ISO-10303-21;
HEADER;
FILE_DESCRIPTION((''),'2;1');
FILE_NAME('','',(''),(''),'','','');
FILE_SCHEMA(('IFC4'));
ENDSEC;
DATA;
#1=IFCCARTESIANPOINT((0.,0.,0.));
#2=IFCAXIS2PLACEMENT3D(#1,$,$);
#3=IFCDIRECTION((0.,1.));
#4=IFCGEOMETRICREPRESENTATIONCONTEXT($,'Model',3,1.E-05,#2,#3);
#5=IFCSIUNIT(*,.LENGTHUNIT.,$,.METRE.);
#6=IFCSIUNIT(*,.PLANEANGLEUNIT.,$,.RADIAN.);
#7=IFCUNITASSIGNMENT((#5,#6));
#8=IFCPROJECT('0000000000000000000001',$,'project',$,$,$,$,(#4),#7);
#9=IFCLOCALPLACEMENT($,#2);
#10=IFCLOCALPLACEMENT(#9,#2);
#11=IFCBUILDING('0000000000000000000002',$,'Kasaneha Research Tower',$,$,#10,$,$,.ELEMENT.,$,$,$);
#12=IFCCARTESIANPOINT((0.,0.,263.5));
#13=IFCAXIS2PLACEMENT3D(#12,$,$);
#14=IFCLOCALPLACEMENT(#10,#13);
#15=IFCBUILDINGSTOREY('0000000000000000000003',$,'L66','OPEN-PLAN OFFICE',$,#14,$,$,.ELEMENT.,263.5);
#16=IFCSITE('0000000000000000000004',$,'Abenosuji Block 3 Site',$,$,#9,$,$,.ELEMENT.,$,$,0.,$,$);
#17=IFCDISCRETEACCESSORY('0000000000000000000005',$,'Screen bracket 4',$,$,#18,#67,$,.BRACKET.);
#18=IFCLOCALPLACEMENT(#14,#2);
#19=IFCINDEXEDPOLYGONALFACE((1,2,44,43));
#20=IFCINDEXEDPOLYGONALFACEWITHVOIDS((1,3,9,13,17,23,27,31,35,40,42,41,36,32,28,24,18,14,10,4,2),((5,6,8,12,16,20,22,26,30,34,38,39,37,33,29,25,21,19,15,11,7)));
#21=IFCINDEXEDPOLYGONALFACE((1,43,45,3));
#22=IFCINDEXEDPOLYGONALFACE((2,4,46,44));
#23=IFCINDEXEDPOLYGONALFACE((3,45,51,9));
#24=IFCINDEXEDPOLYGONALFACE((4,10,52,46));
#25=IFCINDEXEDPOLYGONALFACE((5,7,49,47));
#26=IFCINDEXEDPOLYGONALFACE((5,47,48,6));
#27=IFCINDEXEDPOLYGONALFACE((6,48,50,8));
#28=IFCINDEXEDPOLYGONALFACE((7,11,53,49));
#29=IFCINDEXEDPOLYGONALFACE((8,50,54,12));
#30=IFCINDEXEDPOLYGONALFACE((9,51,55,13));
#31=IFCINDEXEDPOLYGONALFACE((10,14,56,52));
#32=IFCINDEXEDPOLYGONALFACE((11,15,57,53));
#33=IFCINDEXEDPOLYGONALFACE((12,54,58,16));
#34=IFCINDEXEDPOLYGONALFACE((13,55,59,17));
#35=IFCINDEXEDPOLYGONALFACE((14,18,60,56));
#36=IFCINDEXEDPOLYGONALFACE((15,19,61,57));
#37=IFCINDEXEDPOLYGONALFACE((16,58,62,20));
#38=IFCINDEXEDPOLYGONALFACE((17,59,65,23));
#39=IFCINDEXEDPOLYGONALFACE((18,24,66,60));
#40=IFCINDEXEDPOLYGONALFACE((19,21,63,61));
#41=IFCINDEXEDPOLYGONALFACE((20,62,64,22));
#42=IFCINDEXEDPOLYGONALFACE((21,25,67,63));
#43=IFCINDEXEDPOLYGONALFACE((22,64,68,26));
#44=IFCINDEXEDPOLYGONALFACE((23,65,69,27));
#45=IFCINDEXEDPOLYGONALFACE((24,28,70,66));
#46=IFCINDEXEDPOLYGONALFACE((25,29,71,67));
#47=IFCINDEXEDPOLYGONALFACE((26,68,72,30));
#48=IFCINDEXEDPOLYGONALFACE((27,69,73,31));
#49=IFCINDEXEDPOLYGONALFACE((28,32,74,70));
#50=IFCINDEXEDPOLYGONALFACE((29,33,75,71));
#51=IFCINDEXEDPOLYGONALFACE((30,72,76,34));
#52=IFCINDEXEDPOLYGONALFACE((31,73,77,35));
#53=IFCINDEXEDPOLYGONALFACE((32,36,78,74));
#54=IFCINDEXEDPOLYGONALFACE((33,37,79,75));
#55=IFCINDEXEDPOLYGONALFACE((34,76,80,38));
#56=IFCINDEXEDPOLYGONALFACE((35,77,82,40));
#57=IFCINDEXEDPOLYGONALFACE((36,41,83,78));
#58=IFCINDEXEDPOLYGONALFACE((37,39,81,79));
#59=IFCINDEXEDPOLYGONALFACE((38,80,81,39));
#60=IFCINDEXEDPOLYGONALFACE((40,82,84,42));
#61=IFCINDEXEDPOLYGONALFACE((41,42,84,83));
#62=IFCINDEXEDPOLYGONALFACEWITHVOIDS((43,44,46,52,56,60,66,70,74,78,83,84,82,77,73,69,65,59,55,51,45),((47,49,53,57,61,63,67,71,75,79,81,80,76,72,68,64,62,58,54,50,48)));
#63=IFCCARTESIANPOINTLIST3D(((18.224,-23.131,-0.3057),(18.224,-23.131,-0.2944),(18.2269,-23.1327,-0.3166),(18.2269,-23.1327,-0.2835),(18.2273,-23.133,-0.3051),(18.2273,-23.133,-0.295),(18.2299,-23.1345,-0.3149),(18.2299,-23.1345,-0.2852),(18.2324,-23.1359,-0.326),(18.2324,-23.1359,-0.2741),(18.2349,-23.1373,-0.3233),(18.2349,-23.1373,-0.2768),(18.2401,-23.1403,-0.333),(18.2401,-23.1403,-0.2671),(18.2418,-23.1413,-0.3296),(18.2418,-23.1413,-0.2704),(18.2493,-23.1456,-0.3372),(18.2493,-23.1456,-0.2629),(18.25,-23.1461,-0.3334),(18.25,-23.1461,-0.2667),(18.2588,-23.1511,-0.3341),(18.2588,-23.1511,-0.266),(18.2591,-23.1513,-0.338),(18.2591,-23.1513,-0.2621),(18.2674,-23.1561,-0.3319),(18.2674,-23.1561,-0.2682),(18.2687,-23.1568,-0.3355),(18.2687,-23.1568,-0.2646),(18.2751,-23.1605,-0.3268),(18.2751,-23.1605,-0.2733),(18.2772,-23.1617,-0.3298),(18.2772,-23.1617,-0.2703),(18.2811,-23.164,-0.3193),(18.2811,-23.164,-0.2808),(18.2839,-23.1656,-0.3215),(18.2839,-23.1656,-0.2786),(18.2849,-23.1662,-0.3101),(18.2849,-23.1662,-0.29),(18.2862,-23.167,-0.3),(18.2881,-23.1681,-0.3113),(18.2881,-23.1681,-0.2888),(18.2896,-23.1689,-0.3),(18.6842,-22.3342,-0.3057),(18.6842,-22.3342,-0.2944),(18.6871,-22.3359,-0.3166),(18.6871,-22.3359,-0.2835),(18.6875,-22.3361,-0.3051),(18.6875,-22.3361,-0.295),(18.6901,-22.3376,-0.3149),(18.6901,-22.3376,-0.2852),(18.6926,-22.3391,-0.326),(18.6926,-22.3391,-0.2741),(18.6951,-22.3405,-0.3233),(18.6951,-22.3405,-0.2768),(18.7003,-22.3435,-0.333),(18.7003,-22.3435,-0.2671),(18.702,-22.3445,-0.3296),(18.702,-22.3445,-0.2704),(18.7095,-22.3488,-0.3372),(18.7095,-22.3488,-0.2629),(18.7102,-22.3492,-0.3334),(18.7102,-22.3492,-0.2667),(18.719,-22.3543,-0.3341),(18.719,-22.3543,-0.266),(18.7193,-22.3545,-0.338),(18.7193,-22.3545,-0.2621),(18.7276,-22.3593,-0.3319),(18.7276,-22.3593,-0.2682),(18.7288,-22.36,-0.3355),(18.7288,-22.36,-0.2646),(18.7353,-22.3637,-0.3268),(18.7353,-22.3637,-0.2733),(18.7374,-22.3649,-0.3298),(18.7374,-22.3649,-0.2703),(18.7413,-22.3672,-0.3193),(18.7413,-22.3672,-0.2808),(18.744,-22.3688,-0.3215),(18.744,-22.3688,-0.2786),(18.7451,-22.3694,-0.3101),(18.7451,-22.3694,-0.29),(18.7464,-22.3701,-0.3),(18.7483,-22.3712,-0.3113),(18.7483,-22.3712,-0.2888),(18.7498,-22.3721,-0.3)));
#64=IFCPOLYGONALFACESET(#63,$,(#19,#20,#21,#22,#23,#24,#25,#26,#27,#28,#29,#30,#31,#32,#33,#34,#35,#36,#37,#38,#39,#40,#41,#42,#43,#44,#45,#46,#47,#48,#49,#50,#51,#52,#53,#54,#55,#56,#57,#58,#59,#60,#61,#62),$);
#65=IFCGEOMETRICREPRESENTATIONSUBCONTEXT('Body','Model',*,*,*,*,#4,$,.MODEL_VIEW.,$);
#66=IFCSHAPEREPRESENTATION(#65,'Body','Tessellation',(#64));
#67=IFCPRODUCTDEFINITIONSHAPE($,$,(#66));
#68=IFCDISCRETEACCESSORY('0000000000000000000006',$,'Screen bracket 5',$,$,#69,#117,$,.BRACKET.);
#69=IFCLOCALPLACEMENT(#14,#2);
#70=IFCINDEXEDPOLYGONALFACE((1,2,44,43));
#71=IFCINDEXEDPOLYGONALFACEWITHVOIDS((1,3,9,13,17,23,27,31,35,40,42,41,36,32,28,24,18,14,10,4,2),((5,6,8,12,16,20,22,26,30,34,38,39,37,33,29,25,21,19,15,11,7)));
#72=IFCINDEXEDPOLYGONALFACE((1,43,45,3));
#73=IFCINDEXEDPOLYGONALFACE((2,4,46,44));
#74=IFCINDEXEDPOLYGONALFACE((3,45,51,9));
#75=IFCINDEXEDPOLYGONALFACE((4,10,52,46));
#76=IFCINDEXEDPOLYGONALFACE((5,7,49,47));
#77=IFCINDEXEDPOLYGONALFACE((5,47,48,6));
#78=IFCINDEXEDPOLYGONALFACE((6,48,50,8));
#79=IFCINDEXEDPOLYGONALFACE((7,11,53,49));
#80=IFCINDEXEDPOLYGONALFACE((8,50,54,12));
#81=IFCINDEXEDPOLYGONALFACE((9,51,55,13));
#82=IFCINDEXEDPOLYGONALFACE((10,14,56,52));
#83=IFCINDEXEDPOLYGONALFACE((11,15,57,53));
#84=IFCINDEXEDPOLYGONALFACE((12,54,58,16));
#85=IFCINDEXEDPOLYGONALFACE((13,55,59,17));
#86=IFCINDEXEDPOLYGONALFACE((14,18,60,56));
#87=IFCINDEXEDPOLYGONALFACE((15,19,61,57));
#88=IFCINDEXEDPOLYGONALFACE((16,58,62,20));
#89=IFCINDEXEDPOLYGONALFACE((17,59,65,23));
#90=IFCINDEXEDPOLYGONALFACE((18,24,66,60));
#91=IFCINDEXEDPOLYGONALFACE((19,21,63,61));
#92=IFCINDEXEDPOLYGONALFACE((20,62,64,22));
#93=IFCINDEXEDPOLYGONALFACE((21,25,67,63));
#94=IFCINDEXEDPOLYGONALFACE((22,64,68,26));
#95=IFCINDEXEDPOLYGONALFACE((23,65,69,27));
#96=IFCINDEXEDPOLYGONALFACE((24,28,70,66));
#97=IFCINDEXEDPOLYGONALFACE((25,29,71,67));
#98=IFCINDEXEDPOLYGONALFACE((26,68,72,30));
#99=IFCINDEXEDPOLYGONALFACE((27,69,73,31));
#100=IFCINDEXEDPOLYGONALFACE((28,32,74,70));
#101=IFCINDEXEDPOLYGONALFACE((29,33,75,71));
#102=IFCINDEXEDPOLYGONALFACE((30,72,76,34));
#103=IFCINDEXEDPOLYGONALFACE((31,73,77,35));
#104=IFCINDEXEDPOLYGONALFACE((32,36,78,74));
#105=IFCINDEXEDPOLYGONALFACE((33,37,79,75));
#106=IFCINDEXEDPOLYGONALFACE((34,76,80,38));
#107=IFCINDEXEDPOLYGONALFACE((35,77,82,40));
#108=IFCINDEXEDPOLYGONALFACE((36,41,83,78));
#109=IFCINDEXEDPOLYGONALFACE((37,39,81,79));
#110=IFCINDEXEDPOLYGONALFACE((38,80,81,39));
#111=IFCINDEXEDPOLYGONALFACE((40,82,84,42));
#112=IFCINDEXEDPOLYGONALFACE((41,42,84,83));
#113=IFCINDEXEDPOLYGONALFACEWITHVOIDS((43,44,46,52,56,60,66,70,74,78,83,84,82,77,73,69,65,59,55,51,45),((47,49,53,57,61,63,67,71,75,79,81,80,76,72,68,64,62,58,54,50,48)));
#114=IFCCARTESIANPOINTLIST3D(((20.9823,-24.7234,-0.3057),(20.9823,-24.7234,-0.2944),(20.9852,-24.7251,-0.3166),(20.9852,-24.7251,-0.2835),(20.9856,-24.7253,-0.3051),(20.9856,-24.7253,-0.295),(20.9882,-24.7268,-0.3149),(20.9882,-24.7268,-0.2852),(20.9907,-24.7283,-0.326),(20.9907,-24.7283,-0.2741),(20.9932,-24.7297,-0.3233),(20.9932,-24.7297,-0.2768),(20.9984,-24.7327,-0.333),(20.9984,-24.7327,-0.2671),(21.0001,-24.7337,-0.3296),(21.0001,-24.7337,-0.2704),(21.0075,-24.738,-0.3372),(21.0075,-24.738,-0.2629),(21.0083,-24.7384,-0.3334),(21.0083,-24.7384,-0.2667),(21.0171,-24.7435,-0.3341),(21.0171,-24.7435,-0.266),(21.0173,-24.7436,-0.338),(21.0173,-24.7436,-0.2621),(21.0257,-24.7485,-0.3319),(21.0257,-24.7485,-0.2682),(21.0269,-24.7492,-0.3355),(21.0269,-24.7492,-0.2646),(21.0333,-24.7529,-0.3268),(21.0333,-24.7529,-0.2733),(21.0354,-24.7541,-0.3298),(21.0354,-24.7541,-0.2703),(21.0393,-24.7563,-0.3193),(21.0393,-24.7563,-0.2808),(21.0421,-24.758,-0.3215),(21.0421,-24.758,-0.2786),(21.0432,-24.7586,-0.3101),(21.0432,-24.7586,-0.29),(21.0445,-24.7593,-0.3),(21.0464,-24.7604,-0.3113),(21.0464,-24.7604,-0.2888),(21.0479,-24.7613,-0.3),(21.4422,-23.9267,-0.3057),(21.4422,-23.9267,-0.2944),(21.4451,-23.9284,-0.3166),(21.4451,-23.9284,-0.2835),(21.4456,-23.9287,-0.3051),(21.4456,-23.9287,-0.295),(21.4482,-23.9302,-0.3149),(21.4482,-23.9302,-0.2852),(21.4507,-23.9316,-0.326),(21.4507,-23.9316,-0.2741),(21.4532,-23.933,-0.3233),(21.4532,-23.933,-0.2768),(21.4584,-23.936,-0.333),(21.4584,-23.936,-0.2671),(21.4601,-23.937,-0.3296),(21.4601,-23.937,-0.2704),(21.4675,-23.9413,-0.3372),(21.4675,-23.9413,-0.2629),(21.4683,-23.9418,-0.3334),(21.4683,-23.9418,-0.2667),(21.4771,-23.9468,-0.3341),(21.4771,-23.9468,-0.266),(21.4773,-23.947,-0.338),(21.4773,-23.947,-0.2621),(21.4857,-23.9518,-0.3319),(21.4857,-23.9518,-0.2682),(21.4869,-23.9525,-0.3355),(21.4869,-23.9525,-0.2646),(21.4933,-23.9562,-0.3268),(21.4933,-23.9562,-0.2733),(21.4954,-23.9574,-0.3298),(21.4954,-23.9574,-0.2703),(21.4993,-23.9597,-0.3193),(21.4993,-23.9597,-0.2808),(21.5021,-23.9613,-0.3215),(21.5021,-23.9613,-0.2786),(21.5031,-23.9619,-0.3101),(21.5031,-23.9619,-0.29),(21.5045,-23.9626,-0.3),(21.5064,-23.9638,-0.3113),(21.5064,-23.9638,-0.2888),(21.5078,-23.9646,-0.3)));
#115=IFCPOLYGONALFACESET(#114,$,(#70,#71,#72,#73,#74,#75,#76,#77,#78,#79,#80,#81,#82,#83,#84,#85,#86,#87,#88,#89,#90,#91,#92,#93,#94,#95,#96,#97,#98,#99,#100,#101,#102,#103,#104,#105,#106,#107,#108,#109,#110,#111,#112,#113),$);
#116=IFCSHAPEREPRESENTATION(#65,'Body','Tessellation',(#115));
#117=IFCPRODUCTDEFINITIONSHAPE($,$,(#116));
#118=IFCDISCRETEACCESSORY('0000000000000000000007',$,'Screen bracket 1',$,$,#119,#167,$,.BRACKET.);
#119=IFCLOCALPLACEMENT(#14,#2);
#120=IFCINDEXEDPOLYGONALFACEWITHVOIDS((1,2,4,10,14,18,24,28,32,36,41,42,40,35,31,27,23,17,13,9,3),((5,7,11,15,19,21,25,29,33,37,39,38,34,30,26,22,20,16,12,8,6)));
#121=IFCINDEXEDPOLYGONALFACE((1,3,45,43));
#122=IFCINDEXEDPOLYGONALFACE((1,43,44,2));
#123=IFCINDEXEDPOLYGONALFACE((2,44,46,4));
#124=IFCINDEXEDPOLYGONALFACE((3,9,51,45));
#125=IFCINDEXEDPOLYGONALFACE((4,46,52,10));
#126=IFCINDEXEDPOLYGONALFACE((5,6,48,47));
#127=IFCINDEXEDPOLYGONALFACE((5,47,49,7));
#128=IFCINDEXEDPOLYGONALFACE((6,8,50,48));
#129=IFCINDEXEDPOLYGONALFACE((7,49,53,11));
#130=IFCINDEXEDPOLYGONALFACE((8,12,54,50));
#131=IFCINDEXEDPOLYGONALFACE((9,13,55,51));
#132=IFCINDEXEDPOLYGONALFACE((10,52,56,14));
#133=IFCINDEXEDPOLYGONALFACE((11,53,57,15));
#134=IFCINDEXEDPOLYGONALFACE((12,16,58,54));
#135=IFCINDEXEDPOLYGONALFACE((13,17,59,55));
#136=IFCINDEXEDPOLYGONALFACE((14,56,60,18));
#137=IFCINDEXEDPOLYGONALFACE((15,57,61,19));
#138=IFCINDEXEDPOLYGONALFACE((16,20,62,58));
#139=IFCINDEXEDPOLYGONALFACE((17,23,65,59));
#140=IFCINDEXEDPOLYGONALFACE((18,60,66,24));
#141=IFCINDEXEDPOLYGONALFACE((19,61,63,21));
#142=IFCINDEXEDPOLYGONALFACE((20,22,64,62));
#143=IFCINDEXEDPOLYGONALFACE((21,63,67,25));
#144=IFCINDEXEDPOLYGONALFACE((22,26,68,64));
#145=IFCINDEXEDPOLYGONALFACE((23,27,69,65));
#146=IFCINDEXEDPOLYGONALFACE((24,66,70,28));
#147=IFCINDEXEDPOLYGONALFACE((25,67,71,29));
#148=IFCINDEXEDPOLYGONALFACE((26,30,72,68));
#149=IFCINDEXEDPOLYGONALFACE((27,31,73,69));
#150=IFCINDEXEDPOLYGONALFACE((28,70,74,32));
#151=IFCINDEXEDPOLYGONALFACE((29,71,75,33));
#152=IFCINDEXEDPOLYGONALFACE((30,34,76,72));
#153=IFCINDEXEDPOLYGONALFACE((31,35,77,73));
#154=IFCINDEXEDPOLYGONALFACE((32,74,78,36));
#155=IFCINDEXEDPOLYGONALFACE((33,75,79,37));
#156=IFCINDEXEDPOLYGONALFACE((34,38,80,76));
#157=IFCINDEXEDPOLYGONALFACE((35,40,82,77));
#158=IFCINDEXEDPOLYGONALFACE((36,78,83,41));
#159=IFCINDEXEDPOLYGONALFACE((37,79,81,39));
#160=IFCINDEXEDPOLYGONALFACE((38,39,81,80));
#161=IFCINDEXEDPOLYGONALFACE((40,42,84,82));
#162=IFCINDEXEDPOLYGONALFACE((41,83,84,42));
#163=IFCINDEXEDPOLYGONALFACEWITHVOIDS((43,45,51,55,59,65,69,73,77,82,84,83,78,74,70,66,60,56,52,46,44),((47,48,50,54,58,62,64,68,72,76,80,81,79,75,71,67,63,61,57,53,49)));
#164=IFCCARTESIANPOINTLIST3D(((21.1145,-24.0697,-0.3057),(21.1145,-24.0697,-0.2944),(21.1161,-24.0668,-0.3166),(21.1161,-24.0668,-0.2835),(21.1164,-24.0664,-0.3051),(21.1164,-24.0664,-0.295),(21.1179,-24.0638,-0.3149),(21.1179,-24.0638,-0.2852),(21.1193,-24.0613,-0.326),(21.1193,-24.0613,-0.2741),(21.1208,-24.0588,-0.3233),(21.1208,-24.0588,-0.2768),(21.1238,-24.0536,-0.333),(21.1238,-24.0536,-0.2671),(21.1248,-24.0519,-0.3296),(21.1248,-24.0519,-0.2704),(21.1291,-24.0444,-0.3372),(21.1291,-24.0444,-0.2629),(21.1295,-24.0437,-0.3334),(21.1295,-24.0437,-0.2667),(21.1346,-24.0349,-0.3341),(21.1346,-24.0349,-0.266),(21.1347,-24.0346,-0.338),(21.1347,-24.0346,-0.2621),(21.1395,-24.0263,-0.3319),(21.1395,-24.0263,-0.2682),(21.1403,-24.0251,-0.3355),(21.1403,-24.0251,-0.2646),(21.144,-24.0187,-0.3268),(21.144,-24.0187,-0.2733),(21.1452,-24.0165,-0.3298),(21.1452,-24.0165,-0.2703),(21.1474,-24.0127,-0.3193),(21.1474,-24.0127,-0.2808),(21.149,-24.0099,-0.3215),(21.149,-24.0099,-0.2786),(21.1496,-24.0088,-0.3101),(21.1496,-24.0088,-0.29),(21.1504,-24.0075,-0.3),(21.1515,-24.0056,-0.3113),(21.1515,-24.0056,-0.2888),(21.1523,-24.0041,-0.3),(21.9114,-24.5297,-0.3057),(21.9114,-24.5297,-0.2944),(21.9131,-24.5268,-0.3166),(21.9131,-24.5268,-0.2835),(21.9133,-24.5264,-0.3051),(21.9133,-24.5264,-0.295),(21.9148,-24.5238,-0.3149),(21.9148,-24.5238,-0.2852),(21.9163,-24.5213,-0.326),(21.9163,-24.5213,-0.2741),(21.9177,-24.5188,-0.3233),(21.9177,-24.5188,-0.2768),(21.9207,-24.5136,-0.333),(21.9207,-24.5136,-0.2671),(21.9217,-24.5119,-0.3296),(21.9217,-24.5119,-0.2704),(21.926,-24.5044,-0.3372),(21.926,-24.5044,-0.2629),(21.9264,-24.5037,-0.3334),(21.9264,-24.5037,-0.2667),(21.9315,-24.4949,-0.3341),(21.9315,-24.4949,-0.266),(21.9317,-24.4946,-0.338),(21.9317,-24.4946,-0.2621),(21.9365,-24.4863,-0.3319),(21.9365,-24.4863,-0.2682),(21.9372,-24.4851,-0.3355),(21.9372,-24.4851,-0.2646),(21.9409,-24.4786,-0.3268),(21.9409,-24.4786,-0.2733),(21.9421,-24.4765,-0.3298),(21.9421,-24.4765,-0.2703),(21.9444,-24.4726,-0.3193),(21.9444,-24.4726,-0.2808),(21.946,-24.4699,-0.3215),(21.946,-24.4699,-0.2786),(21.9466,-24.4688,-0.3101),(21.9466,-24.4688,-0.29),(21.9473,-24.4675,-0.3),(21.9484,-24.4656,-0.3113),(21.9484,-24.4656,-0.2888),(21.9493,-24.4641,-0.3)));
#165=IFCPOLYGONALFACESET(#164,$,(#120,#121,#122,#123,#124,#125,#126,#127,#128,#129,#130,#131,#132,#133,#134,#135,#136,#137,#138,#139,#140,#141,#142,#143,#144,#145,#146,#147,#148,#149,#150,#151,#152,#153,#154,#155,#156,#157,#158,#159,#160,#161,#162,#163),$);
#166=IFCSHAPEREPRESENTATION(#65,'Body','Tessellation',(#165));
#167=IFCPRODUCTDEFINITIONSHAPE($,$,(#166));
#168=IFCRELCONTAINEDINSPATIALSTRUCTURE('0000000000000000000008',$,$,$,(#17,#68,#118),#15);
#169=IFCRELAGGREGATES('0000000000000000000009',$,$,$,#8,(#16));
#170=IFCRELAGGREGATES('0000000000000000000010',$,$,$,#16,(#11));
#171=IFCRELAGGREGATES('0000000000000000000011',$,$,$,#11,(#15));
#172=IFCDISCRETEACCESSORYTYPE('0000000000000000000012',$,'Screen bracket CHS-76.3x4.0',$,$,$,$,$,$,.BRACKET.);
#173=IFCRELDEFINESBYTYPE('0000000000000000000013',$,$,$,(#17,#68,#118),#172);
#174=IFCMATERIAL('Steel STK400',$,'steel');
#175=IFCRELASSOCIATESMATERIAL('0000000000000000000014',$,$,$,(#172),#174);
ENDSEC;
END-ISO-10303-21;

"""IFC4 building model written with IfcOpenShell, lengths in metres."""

from ifc_helpers import new_model, si_unit, direction, frame, origin, origin_2d, place, context, subcontext, project, spatial, hollow_circle, extrude, material, material_profile, profile_set, type_object, element, save


model = new_model("IFC4")

# Units and contexts
model_context = context("Model", 3, precision=1e-05, world=origin(), true_north=direction((0.0, 1.0)))
body_context = subcontext(model_context, "Body", "Model", "MODEL_VIEW")
ifc_project = project(units=[si_unit("LENGTHUNIT", "METRE"), si_unit("PLANEANGLEUNIT", "RADIAN")], contexts=[model_context])

# Site, building, storey
site_placement = place(None, origin())
site = spatial("IfcSite", under=ifc_project, at=site_placement, Name="Abenosuji Block 3 Site", CompositionType="ELEMENT", RefElevation=0.0)
building_placement = place(site_placement, origin())
building = spatial("IfcBuilding", under=site, at=building_placement, Name="Kasaneha Research Tower", CompositionType="ELEMENT")
storey_placement = place(building_placement, frame((0.0, 0.0, 263.5)))
storey = spatial("IfcBuildingStorey", under=building, at=storey_placement, Name="L66", Description="OPEN-PLAN OFFICE", CompositionType="ELEMENT", Elevation=263.5)

# Discrete accessories
ifc_material_1 = material(Name="Steel STK400", Category="steel")
ifc_material_profile_1 = material_profile(ifc_material_1, hollow_circle(Radius=0.0381, WallThickness=0.0039, at=origin_2d()), Name="CHS-76.3x4.0")
ifc_profile_set_1 = profile_set([ifc_material_profile_1], Name="Steel STK400")
discrete_accessory_type = type_object("IfcDiscreteAccessoryType", Name="Screen bracket CHS-76.3x4.0", PredefinedType="BRACKET", material=ifc_profile_set_1)
discrete_accessory_1_placement = place(storey_placement, frame((18.7168, -22.353, -0.3), z_axis=(-0.500105, -0.865965, 0.0), x_axis=(0.865965, -0.500105, 0.0)))
element("IfcDiscreteAccessory", 1, at=discrete_accessory_1_placement, inside=storey, type_object=discrete_accessory_type, Name="Screen bracket 4", PredefinedType="BRACKET", context=body_context, shape_type="SweptSolid", body=[
    extrude(hollow_circle(Radius=0.0381, WallThickness=0.0039, at=origin_2d()), origin(), (0.0, 0.0, 1.0), 0.9202),
])
discrete_accessory_2_placement = place(storey_placement, frame((21.4749, -23.9456, -0.3), z_axis=(-0.500021, -0.866013, 0.0), x_axis=(0.866013, -0.500021, 0.0)))
element("IfcDiscreteAccessory", 2, at=discrete_accessory_2_placement, inside=storey, type_object=discrete_accessory_type, Name="Screen bracket 5", PredefinedType="BRACKET", context=body_context, shape_type="SweptSolid", body=[
    extrude(hollow_circle(Radius=0.0381, WallThickness=0.0039, at=origin_2d()), origin(), (0.0, 0.0, 1.0), 0.9199),
])
discrete_accessory_3_placement = place(storey_placement, frame((21.1333, -24.0371, -0.3), z_axis=(0.86608, -0.499906, 0.0), x_axis=(0.499906, 0.86608, 0.0)))
element("IfcDiscreteAccessory", 3, at=discrete_accessory_3_placement, inside=storey, type_object=discrete_accessory_type, Name="Screen bracket 1", PredefinedType="BRACKET", context=body_context, shape_type="SweptSolid", body=[
    extrude(hollow_circle(Radius=0.0381, WallThickness=0.0039, at=origin_2d()), origin(), (0.0, 0.0, 1.0), 0.9202),
])

save(model, "model.ifc")
